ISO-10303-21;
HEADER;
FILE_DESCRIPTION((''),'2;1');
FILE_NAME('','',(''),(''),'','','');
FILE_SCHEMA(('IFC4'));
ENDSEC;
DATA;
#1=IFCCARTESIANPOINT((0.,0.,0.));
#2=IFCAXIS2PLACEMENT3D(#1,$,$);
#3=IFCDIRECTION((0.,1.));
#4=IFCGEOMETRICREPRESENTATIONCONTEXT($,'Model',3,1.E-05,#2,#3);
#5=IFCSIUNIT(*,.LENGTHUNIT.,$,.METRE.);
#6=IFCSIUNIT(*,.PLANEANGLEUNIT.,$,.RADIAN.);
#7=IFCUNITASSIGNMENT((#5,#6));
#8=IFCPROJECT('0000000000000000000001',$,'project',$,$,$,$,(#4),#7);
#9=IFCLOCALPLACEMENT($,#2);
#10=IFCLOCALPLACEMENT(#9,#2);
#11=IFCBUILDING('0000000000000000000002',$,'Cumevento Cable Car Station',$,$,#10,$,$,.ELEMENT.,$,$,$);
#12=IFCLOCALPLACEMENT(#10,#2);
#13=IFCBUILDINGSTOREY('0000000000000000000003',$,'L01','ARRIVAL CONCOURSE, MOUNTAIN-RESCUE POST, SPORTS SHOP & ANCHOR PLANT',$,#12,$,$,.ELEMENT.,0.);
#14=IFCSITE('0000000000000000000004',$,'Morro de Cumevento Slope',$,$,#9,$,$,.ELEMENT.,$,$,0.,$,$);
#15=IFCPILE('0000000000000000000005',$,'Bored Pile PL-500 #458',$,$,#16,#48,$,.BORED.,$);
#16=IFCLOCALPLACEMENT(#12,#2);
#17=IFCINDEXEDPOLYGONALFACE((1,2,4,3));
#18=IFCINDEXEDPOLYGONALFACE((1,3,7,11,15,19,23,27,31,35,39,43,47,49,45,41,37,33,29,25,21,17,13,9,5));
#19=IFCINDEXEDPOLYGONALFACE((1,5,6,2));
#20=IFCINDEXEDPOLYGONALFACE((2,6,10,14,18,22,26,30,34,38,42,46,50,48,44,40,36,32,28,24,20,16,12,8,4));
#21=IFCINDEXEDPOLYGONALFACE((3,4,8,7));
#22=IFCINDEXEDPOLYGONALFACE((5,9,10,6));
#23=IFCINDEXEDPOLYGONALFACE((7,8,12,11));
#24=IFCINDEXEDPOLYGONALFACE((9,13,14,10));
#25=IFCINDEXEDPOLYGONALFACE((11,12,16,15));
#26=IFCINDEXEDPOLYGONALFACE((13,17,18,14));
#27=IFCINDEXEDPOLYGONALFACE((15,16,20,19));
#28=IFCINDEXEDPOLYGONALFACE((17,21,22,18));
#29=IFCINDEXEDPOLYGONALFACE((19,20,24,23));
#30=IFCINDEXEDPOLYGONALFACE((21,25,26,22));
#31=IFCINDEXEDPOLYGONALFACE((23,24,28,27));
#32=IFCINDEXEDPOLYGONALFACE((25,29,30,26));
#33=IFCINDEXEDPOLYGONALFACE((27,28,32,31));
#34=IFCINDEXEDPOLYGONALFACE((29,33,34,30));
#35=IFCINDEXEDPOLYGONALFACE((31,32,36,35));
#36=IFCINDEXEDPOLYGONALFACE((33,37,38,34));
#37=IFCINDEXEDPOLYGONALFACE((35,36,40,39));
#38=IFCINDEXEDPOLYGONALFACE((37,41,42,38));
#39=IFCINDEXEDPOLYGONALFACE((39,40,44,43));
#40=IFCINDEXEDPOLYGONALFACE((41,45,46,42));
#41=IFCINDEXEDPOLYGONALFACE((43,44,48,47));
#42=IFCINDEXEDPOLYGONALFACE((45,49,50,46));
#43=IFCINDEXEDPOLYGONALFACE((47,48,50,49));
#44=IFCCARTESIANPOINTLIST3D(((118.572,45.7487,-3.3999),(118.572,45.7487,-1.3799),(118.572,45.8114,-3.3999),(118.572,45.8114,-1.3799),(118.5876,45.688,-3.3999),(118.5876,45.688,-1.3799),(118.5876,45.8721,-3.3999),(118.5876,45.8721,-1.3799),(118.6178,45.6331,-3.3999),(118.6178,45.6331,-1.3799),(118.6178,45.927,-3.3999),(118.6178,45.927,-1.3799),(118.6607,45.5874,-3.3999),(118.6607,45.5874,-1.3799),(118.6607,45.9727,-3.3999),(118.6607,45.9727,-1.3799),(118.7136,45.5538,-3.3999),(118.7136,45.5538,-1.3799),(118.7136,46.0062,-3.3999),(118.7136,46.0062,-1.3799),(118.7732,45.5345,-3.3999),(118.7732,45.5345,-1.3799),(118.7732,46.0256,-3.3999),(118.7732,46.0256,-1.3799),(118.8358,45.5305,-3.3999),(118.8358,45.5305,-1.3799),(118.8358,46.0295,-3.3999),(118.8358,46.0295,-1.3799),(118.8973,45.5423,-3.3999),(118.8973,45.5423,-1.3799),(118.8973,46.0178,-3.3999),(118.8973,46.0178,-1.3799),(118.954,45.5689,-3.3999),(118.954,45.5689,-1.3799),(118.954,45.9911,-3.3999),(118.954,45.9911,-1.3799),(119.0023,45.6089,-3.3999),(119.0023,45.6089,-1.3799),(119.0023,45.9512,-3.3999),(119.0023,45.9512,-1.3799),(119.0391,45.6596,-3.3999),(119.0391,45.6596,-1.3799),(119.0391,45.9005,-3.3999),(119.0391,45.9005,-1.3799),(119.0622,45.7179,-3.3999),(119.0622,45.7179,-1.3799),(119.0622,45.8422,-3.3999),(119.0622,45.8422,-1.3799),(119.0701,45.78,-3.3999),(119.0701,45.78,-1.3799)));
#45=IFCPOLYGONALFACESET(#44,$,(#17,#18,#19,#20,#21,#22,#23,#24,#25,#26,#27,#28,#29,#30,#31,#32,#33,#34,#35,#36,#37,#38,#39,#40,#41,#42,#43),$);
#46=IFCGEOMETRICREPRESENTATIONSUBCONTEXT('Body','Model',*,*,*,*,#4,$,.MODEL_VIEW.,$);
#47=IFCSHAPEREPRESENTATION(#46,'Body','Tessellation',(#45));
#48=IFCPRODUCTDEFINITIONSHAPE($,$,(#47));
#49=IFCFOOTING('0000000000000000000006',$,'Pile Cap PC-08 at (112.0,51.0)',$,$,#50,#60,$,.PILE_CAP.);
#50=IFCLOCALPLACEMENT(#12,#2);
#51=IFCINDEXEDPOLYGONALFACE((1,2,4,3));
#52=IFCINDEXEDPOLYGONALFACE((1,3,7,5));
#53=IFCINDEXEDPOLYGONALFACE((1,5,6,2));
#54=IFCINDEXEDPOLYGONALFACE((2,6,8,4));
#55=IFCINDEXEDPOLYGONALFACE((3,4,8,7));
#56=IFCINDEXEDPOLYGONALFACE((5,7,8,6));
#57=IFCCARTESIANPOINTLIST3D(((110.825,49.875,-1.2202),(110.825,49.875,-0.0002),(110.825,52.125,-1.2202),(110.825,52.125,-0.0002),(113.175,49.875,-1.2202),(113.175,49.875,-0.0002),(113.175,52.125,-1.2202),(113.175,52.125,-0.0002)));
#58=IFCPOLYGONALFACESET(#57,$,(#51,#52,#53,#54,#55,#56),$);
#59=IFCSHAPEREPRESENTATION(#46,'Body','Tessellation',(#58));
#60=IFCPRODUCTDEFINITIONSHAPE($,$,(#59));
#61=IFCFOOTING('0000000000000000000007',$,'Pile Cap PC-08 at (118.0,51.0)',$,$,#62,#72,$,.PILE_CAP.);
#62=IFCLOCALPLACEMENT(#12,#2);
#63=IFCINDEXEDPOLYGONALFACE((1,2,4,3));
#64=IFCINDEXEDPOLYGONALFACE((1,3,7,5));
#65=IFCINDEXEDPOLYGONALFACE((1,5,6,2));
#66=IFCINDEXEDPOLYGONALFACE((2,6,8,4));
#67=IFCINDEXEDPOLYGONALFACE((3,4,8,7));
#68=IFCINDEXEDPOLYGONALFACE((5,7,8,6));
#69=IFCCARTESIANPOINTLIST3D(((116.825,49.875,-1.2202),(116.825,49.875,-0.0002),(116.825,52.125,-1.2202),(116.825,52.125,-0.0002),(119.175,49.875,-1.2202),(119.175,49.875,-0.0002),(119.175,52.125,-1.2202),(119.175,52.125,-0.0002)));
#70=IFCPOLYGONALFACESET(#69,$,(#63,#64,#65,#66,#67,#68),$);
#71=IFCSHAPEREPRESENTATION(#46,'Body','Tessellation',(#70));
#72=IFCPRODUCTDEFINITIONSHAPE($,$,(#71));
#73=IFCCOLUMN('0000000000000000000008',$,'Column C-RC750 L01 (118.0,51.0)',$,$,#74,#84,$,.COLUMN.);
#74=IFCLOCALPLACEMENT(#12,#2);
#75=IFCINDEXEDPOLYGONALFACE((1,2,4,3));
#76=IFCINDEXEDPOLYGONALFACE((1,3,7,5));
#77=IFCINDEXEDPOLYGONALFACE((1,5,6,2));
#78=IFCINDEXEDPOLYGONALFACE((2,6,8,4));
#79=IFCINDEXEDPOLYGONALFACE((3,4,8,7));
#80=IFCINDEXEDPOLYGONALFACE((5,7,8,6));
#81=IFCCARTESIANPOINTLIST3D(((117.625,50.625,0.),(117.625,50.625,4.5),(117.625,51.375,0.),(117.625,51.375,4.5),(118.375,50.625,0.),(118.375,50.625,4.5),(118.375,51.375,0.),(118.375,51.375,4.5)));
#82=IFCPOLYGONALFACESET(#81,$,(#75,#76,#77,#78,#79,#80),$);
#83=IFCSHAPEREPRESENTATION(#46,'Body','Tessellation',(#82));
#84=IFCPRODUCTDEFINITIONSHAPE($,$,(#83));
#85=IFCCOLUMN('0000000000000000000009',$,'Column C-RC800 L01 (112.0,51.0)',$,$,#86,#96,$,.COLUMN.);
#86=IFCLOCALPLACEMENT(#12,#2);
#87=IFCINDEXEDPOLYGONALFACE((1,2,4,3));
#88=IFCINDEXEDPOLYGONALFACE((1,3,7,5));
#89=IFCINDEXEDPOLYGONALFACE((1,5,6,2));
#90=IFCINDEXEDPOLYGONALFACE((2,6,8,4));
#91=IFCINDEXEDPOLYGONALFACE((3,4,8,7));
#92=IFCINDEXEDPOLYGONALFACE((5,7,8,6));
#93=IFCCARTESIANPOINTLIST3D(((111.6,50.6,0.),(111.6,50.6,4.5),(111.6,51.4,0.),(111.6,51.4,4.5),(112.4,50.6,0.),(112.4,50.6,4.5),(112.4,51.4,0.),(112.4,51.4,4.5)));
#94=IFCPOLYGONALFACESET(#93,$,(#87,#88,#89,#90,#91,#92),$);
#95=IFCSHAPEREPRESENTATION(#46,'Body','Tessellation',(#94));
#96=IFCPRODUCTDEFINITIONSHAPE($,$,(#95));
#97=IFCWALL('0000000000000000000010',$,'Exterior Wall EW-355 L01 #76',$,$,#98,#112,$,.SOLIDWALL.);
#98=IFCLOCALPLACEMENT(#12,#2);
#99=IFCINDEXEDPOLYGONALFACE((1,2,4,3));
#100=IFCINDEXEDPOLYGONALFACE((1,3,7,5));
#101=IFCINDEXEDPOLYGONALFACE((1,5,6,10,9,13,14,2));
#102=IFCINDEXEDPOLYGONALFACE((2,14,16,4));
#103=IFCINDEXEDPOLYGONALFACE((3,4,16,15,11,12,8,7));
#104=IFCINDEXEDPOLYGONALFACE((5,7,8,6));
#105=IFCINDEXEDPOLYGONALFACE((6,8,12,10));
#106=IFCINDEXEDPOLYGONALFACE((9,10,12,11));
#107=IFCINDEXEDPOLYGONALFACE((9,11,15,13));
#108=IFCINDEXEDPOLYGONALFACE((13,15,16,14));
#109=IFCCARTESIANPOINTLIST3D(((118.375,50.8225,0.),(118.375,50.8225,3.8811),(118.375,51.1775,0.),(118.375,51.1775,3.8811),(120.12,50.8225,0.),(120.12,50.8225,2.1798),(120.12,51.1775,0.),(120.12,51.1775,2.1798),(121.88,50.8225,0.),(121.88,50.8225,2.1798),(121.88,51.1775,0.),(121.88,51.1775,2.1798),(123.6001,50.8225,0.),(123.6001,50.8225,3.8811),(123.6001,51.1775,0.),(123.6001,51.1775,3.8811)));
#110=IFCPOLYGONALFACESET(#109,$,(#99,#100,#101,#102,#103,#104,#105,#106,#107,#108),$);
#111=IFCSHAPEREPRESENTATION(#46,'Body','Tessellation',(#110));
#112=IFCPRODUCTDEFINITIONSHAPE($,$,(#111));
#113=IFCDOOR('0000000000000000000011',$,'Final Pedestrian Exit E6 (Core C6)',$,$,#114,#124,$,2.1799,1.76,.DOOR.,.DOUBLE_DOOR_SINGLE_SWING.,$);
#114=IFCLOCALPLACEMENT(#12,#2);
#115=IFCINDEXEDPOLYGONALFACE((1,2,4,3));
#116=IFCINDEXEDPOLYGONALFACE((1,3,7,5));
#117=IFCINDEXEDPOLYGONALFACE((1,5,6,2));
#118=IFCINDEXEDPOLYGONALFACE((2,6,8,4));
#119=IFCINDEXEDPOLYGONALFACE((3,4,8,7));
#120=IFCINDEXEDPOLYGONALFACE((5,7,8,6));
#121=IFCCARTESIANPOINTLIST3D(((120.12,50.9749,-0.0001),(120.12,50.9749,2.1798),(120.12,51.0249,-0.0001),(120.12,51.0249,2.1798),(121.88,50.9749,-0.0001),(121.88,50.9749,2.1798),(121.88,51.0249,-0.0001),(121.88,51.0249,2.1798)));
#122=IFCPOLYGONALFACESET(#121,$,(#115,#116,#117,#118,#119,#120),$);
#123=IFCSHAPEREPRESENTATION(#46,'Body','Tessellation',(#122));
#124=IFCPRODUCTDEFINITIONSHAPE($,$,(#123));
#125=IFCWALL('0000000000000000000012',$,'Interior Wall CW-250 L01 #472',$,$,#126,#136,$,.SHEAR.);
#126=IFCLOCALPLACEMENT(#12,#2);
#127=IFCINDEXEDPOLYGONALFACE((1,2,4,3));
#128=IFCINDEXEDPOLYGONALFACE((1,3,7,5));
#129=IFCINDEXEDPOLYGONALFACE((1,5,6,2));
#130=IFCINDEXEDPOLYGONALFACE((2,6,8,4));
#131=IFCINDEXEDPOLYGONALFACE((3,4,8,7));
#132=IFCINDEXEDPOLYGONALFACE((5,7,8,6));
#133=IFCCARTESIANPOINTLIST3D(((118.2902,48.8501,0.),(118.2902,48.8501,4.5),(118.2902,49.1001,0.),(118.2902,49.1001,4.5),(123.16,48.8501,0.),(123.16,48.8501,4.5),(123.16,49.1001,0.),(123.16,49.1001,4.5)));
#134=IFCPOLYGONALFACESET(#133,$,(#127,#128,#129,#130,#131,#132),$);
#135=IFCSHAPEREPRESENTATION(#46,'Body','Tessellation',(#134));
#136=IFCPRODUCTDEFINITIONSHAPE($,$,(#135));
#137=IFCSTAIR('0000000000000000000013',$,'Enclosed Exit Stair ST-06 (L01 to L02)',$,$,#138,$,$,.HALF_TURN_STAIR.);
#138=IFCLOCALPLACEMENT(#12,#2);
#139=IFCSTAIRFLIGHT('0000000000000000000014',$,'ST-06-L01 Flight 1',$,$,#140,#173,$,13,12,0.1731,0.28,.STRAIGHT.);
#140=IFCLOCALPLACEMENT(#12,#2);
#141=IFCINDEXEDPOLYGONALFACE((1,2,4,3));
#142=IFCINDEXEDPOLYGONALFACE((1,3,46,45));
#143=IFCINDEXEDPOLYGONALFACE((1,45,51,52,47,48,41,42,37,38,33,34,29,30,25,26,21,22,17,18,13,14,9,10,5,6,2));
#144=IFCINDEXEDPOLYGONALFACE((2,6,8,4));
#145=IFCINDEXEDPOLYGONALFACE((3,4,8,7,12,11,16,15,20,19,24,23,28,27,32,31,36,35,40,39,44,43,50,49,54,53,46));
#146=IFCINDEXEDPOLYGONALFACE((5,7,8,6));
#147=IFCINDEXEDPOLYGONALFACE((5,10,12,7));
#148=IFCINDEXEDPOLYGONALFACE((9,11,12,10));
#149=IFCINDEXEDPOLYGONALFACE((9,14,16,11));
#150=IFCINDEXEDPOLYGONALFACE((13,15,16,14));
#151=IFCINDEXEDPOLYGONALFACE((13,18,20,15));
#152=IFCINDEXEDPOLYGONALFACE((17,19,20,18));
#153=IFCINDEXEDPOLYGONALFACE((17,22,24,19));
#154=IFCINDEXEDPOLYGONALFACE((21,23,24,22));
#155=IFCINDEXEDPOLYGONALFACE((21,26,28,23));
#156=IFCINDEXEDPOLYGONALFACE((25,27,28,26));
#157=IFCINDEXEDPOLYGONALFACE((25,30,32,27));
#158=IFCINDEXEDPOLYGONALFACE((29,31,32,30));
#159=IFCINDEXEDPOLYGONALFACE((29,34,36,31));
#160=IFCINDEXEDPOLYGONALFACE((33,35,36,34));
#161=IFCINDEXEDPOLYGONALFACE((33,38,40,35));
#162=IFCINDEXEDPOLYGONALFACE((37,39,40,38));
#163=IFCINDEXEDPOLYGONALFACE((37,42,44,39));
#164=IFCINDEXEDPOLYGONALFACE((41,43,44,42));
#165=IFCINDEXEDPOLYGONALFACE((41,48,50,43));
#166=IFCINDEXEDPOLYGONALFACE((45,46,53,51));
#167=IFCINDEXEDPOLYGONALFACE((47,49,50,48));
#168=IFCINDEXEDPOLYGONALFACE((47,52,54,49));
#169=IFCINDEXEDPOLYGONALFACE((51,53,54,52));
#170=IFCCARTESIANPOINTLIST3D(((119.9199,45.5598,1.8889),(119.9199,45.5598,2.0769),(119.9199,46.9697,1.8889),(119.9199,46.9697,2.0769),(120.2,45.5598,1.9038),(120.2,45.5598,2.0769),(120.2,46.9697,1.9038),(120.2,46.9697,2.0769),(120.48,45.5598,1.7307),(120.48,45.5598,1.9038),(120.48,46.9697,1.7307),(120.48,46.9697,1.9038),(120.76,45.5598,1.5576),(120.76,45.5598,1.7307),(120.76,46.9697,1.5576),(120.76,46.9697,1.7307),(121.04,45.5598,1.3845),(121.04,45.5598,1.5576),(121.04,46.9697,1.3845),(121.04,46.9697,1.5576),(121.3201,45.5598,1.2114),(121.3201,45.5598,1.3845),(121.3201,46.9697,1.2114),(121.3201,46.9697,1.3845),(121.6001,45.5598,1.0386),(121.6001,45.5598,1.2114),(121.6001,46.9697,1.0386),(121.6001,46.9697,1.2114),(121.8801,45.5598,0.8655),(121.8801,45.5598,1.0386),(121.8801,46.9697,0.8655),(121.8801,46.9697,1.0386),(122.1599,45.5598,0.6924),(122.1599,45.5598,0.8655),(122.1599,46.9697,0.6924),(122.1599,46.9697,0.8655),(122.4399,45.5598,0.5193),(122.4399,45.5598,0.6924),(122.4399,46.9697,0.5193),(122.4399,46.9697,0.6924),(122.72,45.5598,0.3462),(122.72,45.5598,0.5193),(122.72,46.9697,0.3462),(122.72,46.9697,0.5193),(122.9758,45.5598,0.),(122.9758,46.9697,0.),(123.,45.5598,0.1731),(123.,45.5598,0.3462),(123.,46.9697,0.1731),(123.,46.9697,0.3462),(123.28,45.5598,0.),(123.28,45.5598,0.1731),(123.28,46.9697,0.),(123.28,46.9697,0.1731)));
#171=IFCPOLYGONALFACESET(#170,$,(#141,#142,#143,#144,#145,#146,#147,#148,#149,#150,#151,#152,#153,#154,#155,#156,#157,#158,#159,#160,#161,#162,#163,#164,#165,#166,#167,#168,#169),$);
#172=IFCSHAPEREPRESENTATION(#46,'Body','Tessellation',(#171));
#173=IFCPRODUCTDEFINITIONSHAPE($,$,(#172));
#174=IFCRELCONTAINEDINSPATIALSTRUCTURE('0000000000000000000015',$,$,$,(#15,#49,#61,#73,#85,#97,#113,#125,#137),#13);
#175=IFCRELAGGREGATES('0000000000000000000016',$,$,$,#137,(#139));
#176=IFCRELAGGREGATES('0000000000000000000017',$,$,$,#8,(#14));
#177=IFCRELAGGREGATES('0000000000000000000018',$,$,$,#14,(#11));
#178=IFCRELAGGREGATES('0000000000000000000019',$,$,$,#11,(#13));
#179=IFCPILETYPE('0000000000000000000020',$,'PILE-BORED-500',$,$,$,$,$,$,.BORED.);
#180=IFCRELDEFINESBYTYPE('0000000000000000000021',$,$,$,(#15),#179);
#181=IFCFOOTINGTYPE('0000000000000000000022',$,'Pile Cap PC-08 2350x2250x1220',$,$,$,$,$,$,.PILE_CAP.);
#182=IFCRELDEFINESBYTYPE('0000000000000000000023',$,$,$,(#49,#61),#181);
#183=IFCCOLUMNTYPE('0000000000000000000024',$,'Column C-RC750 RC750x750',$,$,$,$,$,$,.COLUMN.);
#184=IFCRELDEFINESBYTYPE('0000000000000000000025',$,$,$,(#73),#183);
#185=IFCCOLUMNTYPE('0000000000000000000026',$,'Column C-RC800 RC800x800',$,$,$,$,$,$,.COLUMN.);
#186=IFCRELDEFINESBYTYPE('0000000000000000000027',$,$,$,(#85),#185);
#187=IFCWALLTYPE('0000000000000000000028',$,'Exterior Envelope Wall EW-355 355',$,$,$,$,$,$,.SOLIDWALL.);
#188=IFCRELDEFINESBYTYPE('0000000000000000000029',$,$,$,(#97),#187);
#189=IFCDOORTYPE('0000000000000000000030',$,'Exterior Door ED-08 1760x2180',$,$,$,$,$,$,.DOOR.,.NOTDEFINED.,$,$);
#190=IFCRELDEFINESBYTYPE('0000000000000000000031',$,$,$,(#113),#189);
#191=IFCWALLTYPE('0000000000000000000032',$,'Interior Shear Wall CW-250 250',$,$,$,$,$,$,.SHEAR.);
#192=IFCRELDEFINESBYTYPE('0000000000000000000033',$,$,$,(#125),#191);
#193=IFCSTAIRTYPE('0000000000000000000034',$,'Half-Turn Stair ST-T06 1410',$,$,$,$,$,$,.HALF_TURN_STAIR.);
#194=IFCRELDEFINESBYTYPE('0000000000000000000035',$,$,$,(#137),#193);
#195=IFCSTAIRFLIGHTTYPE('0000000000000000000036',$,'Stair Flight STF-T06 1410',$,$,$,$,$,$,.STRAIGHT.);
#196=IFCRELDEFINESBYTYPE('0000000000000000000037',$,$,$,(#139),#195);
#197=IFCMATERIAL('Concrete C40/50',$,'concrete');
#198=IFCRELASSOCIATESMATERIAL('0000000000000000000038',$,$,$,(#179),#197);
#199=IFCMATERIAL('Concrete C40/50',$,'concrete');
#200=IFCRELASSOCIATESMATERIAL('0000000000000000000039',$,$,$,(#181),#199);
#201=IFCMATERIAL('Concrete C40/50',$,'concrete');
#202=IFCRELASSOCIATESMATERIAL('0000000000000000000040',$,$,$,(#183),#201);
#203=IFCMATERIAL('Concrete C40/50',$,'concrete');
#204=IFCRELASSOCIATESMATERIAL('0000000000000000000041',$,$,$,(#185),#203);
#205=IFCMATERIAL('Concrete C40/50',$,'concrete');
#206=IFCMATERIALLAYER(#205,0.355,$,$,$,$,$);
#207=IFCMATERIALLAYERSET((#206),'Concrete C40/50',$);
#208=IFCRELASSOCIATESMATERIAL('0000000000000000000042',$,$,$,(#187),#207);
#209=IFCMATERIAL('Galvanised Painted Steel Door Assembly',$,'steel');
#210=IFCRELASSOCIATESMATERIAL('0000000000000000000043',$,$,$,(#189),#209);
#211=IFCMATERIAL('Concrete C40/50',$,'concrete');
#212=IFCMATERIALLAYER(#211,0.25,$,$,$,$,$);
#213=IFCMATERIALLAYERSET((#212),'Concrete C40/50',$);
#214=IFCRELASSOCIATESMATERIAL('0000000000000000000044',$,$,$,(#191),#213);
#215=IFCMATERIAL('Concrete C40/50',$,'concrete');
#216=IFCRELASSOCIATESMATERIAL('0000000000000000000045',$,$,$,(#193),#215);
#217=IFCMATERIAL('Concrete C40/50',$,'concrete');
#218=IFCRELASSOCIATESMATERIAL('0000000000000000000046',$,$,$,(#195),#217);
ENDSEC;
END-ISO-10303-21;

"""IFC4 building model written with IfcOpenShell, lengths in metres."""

from ifc_helpers import new_model, si_unit, direction, frame, frame_2d, origin, origin_2d, place, context, subcontext, project, spatial, polyline, rectangle, circle, outline, extrude, material, layer, layer_set, material_profile, profile_set, type_object, element, fill, aggregate, save


model = new_model("IFC4")

# Units and contexts
model_context = context("Model", 3, precision=1e-05, world=origin(), true_north=direction((0.0, 1.0)))
body_context = subcontext(model_context, "Body", "Model", "MODEL_VIEW")
ifc_project = project(units=[si_unit("LENGTHUNIT", "METRE"), si_unit("PLANEANGLEUNIT", "RADIAN")], contexts=[model_context])

# Site, building, storey
site_placement = place(None, origin())
site = spatial("IfcSite", under=ifc_project, at=site_placement, Name="Morro de Cumevento Slope", CompositionType="ELEMENT", RefElevation=0.0)
building_placement = place(site_placement, origin())
building = spatial("IfcBuilding", under=site, at=building_placement, Name="Cumevento Cable Car Station", CompositionType="ELEMENT")
storey_placement = place(building_placement, origin())
storey = spatial("IfcBuildingStorey", under=building, at=storey_placement, Name="L01", Description="ARRIVAL CONCOURSE, MOUNTAIN-RESCUE POST, SPORTS SHOP & ANCHOR PLANT", CompositionType="ELEMENT", Elevation=0.0)

# Pile
ifc_material_1 = material(Name="Concrete C40/50", Category="concrete")
ifc_material_profile_1 = material_profile(ifc_material_1, circle(Radius=0.25, at=origin_2d()), Name="PILE-D500")
ifc_profile_set_1 = profile_set([ifc_material_profile_1], Name="Concrete C40/50")
pile_type_1 = type_object("IfcPileType", Name="PILE-BORED-500", PredefinedType="BORED", material=ifc_profile_set_1)
for number, where, z_axis, x_axis, name in (
    (1, (118.8201, 45.78, -1.3799), (0.0, 0.0, -1.0), (1.0, 0.0, 0.0), "Bored Pile PL-500 #458"),
):
    element("IfcPile", number, at=place(storey_placement, frame(where, z_axis=z_axis, x_axis=x_axis)), inside=storey, type_object=pile_type_1, Name=name, PredefinedType="BORED", context=body_context, shape_type="SweptSolid", body=[
        extrude(circle(Radius=0.25, at=origin_2d()), origin(), (0.0, 0.0, 1.0), 2.02),
    ])

# Footings
ifc_material_2 = material(Name="Concrete C40/50", Category="concrete")
footing_type = type_object("IfcFootingType", Name="Pile Cap PC-08 2350x2250x1220", PredefinedType="PILE_CAP", material=ifc_material_2)
for number, where, z_axis, x_axis, name in (
    (2, (112.0, 51.0, -1.2202), (0.0, 0.0, 1.0), (1.0, 0.0, 0.0), "Pile Cap PC-08 at (112.0,51.0)"),
    (3, (118.0, 51.0, -1.2202), (0.0, 0.0, 1.0), (1.0, 0.0, 0.0), "Pile Cap PC-08 at (118.0,51.0)"),
):
    element("IfcFooting", number, at=place(storey_placement, frame(where, z_axis=z_axis, x_axis=x_axis)), inside=storey, type_object=footing_type, Name=name, PredefinedType="PILE_CAP", context=body_context, shape_type="SweptSolid", body=[
        extrude(rectangle(XDim=2.3501, YDim=2.25, at=origin_2d()), origin(), (0.0, 0.0, 1.0), 1.22),
    ])

# Columns
ifc_material_3 = material(Name="Concrete C40/50", Category="concrete")
ifc_material_profile_2 = material_profile(ifc_material_3, rectangle(XDim=0.75, YDim=0.75, at=origin_2d()), Name="RC750x750")
ifc_profile_set_2 = profile_set([ifc_material_profile_2], Name="Concrete C40/50")
column_type_1 = type_object("IfcColumnType", Name="Column C-RC750 RC750x750", PredefinedType="COLUMN", material=ifc_profile_set_2)
column_1_placement = place(storey_placement, frame((118.0, 51.0, 0.0), z_axis=(0.0, 0.0, 1.0), x_axis=(1.0, 0.0, 0.0)))
element("IfcColumn", 4, at=column_1_placement, inside=storey, type_object=column_type_1, Name="Column C-RC750 L01 (118.0,51.0)", PredefinedType="COLUMN", context=body_context, shape_type="SweptSolid", body=[
    extrude(rectangle(XDim=0.75, YDim=0.75, at=origin_2d()), origin(), (0.0, 0.0, 1.0), 4.5),
])
ifc_material_4 = material(Name="Concrete C40/50", Category="concrete")
ifc_material_profile_3 = material_profile(ifc_material_4, rectangle(XDim=0.8, YDim=0.8, at=origin_2d()), Name="RC800x800")
ifc_profile_set_3 = profile_set([ifc_material_profile_3], Name="Concrete C40/50")
column_type_2 = type_object("IfcColumnType", Name="Column C-RC800 RC800x800", PredefinedType="COLUMN", material=ifc_profile_set_3)
column_2_placement = place(storey_placement, frame((112.0, 51.0, 0.0), z_axis=(0.0, 0.0, 1.0), x_axis=(1.0, 0.0, 0.0)))
element("IfcColumn", 5, at=column_2_placement, inside=storey, type_object=column_type_2, Name="Column C-RC800 L01 (112.0,51.0)", PredefinedType="COLUMN", context=body_context, shape_type="SweptSolid", body=[
    extrude(rectangle(XDim=0.8, YDim=0.8, at=origin_2d()), origin(), (0.0, 0.0, 1.0), 4.5),
])

# Wall, opening, door
ifc_material_5 = material(Name="Concrete C40/50", Category="concrete")
ifc_layer_1 = layer(ifc_material_5, 0.355)
ifc_layer_set_1 = layer_set([ifc_layer_1], Name="Concrete C40/50")
wall_type_1 = type_object("IfcWallType", Name="Exterior Envelope Wall EW-355 355", PredefinedType="SOLIDWALL", material=ifc_layer_set_1)
wall_1_placement = place(storey_placement, frame((118.375, 51.0, 0.0), z_axis=(0.0, 0.0, 1.0), x_axis=(1.0, 0.0, 0.0)))
wall_1 = element("IfcWall", 6, at=wall_1_placement, inside=storey, type_object=wall_type_1, Name="Exterior Wall EW-355 L01 #76", PredefinedType="SOLIDWALL", context=body_context, shape_type="SweptSolid", body=[
    extrude(rectangle(XDim=5.2251, YDim=0.355, at=frame_2d((2.6125, 0.0))), origin(), (0.0, 0.0, 1.0), 3.8811),
])
opening_1_placement = place(wall_1_placement, frame((1.7451, 0.0, 0.0)))
opening_1 = element("IfcOpeningElement", 7, at=opening_1_placement, cuts=wall_1, PredefinedType="OPENING", context=body_context, shape_type="SweptSolid", body=[
    extrude(rectangle(XDim=1.76, YDim=2.1799, at=frame_2d((0.8799, 1.0898))), frame((0.0, 0.1875, 0.0), z_axis=(0.0, -1.0, 0.0), x_axis=(1.0, 0.0, 0.0)), (0.0, 0.0, 1.0), 0.375),
])
ifc_material_6 = material(Name="Galvanised Painted Steel Door Assembly", Category="steel")
door_type_1 = type_object("IfcDoorType", Name="Exterior Door ED-08 1760x2180", OperationType="NOTDEFINED", PredefinedType="DOOR", material=ifc_material_6)
door_1_placement = place(opening_1_placement, origin())
door_1 = element("IfcDoor", 8, at=door_1_placement, inside=storey, type_object=door_type_1, Name="Final Pedestrian Exit E6 (Core C6)", OperationType="DOUBLE_DOOR_SINGLE_SWING", OverallHeight=2.1799, OverallWidth=1.76, PredefinedType="DOOR", context=body_context, shape_type="SweptSolid", body=[
    extrude(rectangle(XDim=1.76, YDim=2.1799, at=frame_2d((0.8799, 1.0898))), frame((0.0, 0.0249, 0.0), z_axis=(0.0, -1.0, 0.0), x_axis=(1.0, 0.0, 0.0)), (0.0, 0.0, 1.0), 0.05),
])
fill(opening_1, door_1)

# Wall
ifc_material_7 = material(Name="Concrete C40/50", Category="concrete")
ifc_layer_2 = layer(ifc_material_7, 0.25)
ifc_layer_set_2 = layer_set([ifc_layer_2], Name="Concrete C40/50")
wall_type_2 = type_object("IfcWallType", Name="Interior Shear Wall CW-250 250", PredefinedType="SHEAR", material=ifc_layer_set_2)
wall_2_placement = place(storey_placement, frame((118.29, 48.9751, 0.0), z_axis=(0.0, 0.0, 1.0), x_axis=(1.0, 0.0, 0.0)))
element("IfcWall", 9, at=wall_2_placement, inside=storey, type_object=wall_type_2, Name="Interior Wall CW-250 L01 #472", PredefinedType="SHEAR", context=body_context, shape_type="SweptSolid", body=[
    extrude(rectangle(XDim=4.8699, YDim=0.25, at=frame_2d((2.4351, 0.0))), origin(), (0.0, 0.0, 1.0), 4.5),
])

# Stair, stair flight
ifc_material_8 = material(Name="Concrete C40/50", Category="concrete")
stair_type = type_object("IfcStairType", Name="Half-Turn Stair ST-T06 1410", PredefinedType="HALF_TURN_STAIR", material=ifc_material_8)
stair_placement = place(storey_placement, origin())
stair = element("IfcStair", 10, at=stair_placement, inside=storey, type_object=stair_type, Name="Enclosed Exit Stair ST-06 (L01 to L02)", PredefinedType="HALF_TURN_STAIR")
ifc_material_9 = material(Name="Concrete C40/50", Category="concrete")
stair_flight_type = type_object("IfcStairFlightType", Name="Stair Flight STF-T06 1410", PredefinedType="STRAIGHT", material=ifc_material_9)
stair_flight_placement = place(storey_placement, frame((123.28, 46.2649, 0.0), z_axis=(0.0, 0.0, 1.0), x_axis=(-1.0, 0.0, 0.0)))
stair_flight = element("IfcStairFlight", 11, at=stair_flight_placement, type_object=stair_flight_type, Name="ST-06-L01 Flight 1", NumberOfRisers=13, NumberOfTreads=12, PredefinedType="STRAIGHT", RiserHeight=0.1731, TreadLength=0.28, context=body_context, shape_type="SweptSolid", body=[
    extrude(outline(polyline([(0.0, 0.0), (0.0, 0.1731), (0.28, 0.1731), (0.28, 0.3462), (0.5601, 0.3462), (0.5601, 0.5193), (0.8401, 0.5193), (0.8401, 0.6924), (1.1201, 0.6924), (1.1201, 0.8655), (1.3999, 0.8655), (1.3999, 1.0386), (1.6799, 1.0386), (1.6799, 1.2114), (1.96, 1.2114), (1.96, 1.3845), (2.24, 1.3845), (2.24, 1.5576), (2.52, 1.5576), (2.52, 1.7307), (2.8, 1.7307), (2.8, 1.9038), (3.0801, 1.9038), (3.0801, 2.0769), (3.3601, 2.0769), (3.3601, 2.25), (3.3601, 1.8889), (0.3042, 0.0), (0.0, 0.0)])), frame((0.0, 0.7051, 0.0), z_axis=(0.0, -1.0, 0.0), x_axis=(1.0, 0.0, 0.0)), (0.0, 0.0, 1.0), 1.4099),
])
aggregate(stair, [stair_flight])

save(model, "model.ifc")
